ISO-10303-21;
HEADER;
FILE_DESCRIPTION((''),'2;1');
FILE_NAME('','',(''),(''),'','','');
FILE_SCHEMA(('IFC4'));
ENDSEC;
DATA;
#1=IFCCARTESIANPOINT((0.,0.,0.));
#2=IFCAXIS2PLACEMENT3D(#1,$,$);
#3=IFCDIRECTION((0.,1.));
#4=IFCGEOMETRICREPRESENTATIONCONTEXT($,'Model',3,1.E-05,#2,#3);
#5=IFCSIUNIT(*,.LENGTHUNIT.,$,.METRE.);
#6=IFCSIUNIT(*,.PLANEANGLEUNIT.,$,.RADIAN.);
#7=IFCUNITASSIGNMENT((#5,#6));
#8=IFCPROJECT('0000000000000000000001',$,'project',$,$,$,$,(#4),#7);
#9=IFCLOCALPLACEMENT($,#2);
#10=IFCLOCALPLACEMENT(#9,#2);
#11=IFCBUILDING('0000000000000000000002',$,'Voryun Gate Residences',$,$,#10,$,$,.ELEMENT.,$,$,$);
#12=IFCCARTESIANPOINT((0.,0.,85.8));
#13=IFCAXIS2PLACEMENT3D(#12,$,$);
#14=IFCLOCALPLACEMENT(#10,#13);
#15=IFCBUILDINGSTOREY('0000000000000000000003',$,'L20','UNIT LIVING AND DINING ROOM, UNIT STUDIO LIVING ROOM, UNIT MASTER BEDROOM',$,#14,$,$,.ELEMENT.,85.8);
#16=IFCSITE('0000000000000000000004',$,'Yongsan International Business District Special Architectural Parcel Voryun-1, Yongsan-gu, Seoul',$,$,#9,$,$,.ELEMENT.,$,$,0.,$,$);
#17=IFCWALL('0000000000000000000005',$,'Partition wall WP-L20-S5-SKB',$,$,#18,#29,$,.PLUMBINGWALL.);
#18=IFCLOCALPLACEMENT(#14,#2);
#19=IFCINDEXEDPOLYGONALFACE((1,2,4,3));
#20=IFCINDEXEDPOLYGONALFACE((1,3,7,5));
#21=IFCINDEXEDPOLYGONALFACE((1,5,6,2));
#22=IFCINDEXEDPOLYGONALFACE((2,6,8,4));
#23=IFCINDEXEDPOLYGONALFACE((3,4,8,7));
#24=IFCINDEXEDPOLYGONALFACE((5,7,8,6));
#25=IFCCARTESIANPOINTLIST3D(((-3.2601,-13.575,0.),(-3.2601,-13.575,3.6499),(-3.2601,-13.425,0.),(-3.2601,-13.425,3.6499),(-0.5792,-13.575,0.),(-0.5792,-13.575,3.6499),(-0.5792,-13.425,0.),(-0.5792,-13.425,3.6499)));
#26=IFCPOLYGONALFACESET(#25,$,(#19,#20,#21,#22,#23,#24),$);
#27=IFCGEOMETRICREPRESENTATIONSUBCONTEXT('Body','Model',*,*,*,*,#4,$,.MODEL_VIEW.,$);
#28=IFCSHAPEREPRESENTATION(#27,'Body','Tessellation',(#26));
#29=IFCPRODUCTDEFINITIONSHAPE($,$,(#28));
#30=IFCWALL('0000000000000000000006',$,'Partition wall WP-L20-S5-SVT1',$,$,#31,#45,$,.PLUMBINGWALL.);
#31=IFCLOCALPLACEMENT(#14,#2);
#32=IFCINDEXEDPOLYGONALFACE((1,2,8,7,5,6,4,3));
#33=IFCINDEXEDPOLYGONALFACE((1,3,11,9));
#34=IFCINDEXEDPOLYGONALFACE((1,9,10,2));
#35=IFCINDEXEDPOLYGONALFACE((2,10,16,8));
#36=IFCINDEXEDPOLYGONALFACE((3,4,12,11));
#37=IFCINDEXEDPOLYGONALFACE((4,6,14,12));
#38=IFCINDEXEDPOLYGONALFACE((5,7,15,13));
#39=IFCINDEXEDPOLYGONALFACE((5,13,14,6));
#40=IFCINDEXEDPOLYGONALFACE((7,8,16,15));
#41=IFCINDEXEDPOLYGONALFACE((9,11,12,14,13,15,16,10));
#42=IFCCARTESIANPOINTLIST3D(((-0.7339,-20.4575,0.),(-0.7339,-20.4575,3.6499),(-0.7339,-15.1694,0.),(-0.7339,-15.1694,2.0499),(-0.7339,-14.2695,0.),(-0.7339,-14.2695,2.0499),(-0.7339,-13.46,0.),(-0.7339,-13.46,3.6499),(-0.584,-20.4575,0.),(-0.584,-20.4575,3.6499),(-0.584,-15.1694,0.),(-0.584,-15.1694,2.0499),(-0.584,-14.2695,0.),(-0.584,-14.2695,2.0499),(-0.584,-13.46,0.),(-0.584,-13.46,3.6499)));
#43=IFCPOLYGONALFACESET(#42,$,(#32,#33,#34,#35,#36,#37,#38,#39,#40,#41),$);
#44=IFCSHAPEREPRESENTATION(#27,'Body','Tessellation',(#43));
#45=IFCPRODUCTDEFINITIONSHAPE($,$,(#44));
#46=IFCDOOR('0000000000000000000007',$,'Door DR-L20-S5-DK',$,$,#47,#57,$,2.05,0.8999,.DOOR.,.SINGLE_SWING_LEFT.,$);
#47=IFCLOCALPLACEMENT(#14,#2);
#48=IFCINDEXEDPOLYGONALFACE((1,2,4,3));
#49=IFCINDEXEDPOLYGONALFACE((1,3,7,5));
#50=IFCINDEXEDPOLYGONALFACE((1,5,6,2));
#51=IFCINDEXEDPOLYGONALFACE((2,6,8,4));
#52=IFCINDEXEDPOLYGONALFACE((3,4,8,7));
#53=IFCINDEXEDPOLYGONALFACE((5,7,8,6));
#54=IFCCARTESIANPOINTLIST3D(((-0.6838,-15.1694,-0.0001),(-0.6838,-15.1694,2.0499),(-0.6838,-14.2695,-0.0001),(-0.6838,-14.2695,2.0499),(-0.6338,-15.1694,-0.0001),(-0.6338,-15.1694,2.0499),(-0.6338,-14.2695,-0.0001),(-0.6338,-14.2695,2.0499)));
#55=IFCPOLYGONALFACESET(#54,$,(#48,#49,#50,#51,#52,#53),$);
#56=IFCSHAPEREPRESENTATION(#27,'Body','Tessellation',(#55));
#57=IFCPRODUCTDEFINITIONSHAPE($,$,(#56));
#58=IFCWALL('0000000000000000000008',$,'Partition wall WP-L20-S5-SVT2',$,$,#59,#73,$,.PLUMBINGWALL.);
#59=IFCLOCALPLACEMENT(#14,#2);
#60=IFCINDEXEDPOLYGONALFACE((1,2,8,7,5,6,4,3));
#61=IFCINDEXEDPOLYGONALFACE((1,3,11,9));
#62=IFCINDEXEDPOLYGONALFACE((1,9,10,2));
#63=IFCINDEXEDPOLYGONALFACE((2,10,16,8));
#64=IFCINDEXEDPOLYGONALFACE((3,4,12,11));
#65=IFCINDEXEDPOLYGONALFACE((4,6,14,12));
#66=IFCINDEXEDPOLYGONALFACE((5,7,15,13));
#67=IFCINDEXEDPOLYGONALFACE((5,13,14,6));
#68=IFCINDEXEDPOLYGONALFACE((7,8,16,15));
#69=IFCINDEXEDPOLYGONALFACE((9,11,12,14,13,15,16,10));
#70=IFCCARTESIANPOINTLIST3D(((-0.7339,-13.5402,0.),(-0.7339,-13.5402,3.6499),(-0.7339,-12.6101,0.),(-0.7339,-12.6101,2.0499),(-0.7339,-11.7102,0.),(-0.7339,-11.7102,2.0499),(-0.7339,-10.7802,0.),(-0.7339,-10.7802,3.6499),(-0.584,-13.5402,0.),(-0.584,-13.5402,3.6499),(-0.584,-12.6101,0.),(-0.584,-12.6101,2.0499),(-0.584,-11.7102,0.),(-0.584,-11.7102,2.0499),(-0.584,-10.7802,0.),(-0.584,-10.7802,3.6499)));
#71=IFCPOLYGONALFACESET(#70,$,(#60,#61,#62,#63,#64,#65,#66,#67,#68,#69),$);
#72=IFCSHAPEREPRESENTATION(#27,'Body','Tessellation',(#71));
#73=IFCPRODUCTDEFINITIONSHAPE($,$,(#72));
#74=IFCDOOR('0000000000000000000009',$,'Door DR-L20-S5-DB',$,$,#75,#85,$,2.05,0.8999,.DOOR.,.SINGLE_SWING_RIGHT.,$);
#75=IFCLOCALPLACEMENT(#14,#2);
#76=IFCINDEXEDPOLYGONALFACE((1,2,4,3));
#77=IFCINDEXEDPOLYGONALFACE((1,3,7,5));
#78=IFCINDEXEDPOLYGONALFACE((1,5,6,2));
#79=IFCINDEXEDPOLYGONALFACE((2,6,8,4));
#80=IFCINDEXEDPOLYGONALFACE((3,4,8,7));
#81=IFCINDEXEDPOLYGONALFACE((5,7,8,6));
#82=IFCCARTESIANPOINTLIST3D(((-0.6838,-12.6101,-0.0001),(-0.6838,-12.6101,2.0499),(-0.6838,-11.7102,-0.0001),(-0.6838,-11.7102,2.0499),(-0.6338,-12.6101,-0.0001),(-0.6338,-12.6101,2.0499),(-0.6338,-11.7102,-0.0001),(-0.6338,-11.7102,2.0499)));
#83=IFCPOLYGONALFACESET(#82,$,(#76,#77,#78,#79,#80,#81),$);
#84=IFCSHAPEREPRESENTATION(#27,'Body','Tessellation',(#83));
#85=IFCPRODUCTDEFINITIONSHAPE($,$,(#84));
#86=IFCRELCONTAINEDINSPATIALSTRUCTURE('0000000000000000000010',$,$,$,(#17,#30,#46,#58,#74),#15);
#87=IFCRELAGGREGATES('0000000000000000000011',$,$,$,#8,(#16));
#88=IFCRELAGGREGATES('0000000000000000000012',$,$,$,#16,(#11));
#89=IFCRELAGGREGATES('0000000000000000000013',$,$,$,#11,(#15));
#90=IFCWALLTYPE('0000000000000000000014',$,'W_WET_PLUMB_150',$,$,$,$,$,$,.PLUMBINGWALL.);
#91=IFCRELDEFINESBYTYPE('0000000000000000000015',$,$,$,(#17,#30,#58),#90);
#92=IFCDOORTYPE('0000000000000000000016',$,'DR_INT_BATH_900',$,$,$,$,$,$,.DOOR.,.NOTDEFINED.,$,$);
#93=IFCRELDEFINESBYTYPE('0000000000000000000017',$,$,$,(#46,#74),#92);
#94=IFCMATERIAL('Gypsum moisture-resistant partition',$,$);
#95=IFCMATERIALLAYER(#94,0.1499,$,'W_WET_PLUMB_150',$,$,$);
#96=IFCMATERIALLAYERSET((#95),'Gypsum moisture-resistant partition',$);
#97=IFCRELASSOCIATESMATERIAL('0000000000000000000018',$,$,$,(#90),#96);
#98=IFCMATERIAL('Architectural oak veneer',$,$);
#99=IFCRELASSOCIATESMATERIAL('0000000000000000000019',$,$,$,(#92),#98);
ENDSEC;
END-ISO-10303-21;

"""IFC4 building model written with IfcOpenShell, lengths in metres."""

from ifc_helpers import new_model, si_unit, direction, frame, frame_2d, origin, place, context, subcontext, project, spatial, rectangle, extrude, material, layer, layer_set, type_object, element, fill, save


model = new_model("IFC4")

# Units and contexts
model_context = context("Model", 3, precision=1e-05, world=origin(), true_north=direction((0.0, 1.0)))
body_context = subcontext(model_context, "Body", "Model", "MODEL_VIEW")
ifc_project = project(units=[si_unit("LENGTHUNIT", "METRE"), si_unit("PLANEANGLEUNIT", "RADIAN")], contexts=[model_context])

# Site, building, storey
site_placement = place(None, origin())
site = spatial("IfcSite", under=ifc_project, at=site_placement, Name="Yongsan International Business District Special Architectural Parcel Voryun-1, Yongsan-gu, Seoul", CompositionType="ELEMENT", RefElevation=0.0)
building_placement = place(site_placement, origin())
building = spatial("IfcBuilding", under=site, at=building_placement, Name="Voryun Gate Residences", CompositionType="ELEMENT")
storey_placement = place(building_placement, frame((0.0, 0.0, 85.8)))
storey = spatial("IfcBuildingStorey", under=building, at=storey_placement, Name="L20", Description="UNIT LIVING AND DINING ROOM, UNIT STUDIO LIVING ROOM, UNIT MASTER BEDROOM", CompositionType="ELEMENT", Elevation=85.8)

# Shared definitions
ifc_material_1 = material(Name="Gypsum moisture-resistant partition")
ifc_layer_1 = layer(ifc_material_1, 0.1499, Name="W_WET_PLUMB_150")
ifc_layer_set_1 = layer_set([ifc_layer_1], Name="Gypsum moisture-resistant partition")
wall_type_1 = type_object("IfcWallType", Name="W_WET_PLUMB_150", PredefinedType="PLUMBINGWALL", material=ifc_layer_set_1)
ifc_material_2 = material(Name="Architectural oak veneer")
door_type = type_object("IfcDoorType", Name="DR_INT_BATH_900", OperationType="NOTDEFINED", PredefinedType="DOOR", material=ifc_material_2)

# Wall
wall_1_placement = place(storey_placement, frame((-3.26, -13.5, 0.0), z_axis=(0.0, 0.0, 1.0), x_axis=(1.0, 0.0, 0.0)))
element("IfcWall", 1, at=wall_1_placement, inside=storey, type_object=wall_type_1, Name="Partition wall WP-L20-S5-SKB", PredefinedType="PLUMBINGWALL", context=body_context, shape_type="SweptSolid", body=[
    extrude(rectangle(XDim=2.6809, YDim=0.1499, at=frame_2d((1.3403, 0.0))), origin(), (0.0, 0.0, 1.0), 3.6499),
])

# Walls, openings, doors
wall_2_placement = place(storey_placement, frame((-0.6589, -20.4575, 0.0), z_axis=(0.0, 0.0, 1.0), x_axis=(0.0, 1.0, 0.0)))
wall_2 = element("IfcWall", 2, at=wall_2_placement, inside=storey, type_object=wall_type_1, Name="Partition wall WP-L20-S5-SVT1", PredefinedType="PLUMBINGWALL", context=body_context, shape_type="SweptSolid", body=[
    extrude(rectangle(XDim=6.9976, YDim=0.1499, at=frame_2d((3.4988, 0.0))), origin(), (0.0, 0.0, 1.0), 3.6499),
])
opening_1_placement = place(wall_2_placement, frame((5.2881, 0.0, 0.0)))
opening_1 = element("IfcOpeningElement", 3, at=opening_1_placement, cuts=wall_2, PredefinedType="OPENING", context=body_context, shape_type="SweptSolid", body=[
    extrude(rectangle(XDim=0.8999, YDim=2.05, at=frame_2d((0.45, 1.0249))), frame((0.0, 0.085, 0.0), z_axis=(0.0, -1.0, 0.0), x_axis=(1.0, 0.0, 0.0)), (0.0, 0.0, 1.0), 0.1699),
])
door_1_placement = place(opening_1_placement, origin())
door_1 = element("IfcDoor", 4, at=door_1_placement, inside=storey, type_object=door_type, Name="Door DR-L20-S5-DK", OperationType="SINGLE_SWING_LEFT", OverallHeight=2.05, OverallWidth=0.8999, PredefinedType="DOOR", context=body_context, shape_type="SweptSolid", body=[
    extrude(rectangle(XDim=0.8999, YDim=2.05, at=frame_2d((0.45, 1.0249))), frame((0.0, 0.0249, 0.0), z_axis=(0.0, -1.0, 0.0), x_axis=(1.0, 0.0, 0.0)), (0.0, 0.0, 1.0), 0.05),
])
fill(opening_1, door_1)
wall_3_placement = place(storey_placement, frame((-0.6589, -13.54, 0.0), z_axis=(0.0, 0.0, 1.0), x_axis=(0.0, 1.0, 0.0)))
wall_3 = element("IfcWall", 5, at=wall_3_placement, inside=storey, type_object=wall_type_1, Name="Partition wall WP-L20-S5-SVT2", PredefinedType="PLUMBINGWALL", context=body_context, shape_type="SweptSolid", body=[
    extrude(rectangle(XDim=2.76, YDim=0.1499, at=frame_2d((1.3799, 0.0))), origin(), (0.0, 0.0, 1.0), 3.6499),
])
opening_2_placement = place(wall_3_placement, frame((0.9299, 0.0, 0.0)))
opening_2 = element("IfcOpeningElement", 6, at=opening_2_placement, cuts=wall_3, PredefinedType="OPENING", context=body_context, shape_type="SweptSolid", body=[
    extrude(rectangle(XDim=0.8999, YDim=2.05, at=frame_2d((0.45, 1.0249))), frame((0.0, 0.085, 0.0), z_axis=(0.0, -1.0, 0.0), x_axis=(1.0, 0.0, 0.0)), (0.0, 0.0, 1.0), 0.1699),
])
door_2_placement = place(opening_2_placement, origin())
door_2 = element("IfcDoor", 7, at=door_2_placement, inside=storey, type_object=door_type, Name="Door DR-L20-S5-DB", OperationType="SINGLE_SWING_RIGHT", OverallHeight=2.05, OverallWidth=0.8999, PredefinedType="DOOR", context=body_context, shape_type="SweptSolid", body=[
    extrude(rectangle(XDim=0.8999, YDim=2.05, at=frame_2d((0.45, 1.0249))), frame((0.0, 0.0249, 0.0), z_axis=(0.0, -1.0, 0.0), x_axis=(1.0, 0.0, 0.0)), (0.0, 0.0, 1.0), 0.05),
])
fill(opening_2, door_2)

save(model, "model.ifc")
